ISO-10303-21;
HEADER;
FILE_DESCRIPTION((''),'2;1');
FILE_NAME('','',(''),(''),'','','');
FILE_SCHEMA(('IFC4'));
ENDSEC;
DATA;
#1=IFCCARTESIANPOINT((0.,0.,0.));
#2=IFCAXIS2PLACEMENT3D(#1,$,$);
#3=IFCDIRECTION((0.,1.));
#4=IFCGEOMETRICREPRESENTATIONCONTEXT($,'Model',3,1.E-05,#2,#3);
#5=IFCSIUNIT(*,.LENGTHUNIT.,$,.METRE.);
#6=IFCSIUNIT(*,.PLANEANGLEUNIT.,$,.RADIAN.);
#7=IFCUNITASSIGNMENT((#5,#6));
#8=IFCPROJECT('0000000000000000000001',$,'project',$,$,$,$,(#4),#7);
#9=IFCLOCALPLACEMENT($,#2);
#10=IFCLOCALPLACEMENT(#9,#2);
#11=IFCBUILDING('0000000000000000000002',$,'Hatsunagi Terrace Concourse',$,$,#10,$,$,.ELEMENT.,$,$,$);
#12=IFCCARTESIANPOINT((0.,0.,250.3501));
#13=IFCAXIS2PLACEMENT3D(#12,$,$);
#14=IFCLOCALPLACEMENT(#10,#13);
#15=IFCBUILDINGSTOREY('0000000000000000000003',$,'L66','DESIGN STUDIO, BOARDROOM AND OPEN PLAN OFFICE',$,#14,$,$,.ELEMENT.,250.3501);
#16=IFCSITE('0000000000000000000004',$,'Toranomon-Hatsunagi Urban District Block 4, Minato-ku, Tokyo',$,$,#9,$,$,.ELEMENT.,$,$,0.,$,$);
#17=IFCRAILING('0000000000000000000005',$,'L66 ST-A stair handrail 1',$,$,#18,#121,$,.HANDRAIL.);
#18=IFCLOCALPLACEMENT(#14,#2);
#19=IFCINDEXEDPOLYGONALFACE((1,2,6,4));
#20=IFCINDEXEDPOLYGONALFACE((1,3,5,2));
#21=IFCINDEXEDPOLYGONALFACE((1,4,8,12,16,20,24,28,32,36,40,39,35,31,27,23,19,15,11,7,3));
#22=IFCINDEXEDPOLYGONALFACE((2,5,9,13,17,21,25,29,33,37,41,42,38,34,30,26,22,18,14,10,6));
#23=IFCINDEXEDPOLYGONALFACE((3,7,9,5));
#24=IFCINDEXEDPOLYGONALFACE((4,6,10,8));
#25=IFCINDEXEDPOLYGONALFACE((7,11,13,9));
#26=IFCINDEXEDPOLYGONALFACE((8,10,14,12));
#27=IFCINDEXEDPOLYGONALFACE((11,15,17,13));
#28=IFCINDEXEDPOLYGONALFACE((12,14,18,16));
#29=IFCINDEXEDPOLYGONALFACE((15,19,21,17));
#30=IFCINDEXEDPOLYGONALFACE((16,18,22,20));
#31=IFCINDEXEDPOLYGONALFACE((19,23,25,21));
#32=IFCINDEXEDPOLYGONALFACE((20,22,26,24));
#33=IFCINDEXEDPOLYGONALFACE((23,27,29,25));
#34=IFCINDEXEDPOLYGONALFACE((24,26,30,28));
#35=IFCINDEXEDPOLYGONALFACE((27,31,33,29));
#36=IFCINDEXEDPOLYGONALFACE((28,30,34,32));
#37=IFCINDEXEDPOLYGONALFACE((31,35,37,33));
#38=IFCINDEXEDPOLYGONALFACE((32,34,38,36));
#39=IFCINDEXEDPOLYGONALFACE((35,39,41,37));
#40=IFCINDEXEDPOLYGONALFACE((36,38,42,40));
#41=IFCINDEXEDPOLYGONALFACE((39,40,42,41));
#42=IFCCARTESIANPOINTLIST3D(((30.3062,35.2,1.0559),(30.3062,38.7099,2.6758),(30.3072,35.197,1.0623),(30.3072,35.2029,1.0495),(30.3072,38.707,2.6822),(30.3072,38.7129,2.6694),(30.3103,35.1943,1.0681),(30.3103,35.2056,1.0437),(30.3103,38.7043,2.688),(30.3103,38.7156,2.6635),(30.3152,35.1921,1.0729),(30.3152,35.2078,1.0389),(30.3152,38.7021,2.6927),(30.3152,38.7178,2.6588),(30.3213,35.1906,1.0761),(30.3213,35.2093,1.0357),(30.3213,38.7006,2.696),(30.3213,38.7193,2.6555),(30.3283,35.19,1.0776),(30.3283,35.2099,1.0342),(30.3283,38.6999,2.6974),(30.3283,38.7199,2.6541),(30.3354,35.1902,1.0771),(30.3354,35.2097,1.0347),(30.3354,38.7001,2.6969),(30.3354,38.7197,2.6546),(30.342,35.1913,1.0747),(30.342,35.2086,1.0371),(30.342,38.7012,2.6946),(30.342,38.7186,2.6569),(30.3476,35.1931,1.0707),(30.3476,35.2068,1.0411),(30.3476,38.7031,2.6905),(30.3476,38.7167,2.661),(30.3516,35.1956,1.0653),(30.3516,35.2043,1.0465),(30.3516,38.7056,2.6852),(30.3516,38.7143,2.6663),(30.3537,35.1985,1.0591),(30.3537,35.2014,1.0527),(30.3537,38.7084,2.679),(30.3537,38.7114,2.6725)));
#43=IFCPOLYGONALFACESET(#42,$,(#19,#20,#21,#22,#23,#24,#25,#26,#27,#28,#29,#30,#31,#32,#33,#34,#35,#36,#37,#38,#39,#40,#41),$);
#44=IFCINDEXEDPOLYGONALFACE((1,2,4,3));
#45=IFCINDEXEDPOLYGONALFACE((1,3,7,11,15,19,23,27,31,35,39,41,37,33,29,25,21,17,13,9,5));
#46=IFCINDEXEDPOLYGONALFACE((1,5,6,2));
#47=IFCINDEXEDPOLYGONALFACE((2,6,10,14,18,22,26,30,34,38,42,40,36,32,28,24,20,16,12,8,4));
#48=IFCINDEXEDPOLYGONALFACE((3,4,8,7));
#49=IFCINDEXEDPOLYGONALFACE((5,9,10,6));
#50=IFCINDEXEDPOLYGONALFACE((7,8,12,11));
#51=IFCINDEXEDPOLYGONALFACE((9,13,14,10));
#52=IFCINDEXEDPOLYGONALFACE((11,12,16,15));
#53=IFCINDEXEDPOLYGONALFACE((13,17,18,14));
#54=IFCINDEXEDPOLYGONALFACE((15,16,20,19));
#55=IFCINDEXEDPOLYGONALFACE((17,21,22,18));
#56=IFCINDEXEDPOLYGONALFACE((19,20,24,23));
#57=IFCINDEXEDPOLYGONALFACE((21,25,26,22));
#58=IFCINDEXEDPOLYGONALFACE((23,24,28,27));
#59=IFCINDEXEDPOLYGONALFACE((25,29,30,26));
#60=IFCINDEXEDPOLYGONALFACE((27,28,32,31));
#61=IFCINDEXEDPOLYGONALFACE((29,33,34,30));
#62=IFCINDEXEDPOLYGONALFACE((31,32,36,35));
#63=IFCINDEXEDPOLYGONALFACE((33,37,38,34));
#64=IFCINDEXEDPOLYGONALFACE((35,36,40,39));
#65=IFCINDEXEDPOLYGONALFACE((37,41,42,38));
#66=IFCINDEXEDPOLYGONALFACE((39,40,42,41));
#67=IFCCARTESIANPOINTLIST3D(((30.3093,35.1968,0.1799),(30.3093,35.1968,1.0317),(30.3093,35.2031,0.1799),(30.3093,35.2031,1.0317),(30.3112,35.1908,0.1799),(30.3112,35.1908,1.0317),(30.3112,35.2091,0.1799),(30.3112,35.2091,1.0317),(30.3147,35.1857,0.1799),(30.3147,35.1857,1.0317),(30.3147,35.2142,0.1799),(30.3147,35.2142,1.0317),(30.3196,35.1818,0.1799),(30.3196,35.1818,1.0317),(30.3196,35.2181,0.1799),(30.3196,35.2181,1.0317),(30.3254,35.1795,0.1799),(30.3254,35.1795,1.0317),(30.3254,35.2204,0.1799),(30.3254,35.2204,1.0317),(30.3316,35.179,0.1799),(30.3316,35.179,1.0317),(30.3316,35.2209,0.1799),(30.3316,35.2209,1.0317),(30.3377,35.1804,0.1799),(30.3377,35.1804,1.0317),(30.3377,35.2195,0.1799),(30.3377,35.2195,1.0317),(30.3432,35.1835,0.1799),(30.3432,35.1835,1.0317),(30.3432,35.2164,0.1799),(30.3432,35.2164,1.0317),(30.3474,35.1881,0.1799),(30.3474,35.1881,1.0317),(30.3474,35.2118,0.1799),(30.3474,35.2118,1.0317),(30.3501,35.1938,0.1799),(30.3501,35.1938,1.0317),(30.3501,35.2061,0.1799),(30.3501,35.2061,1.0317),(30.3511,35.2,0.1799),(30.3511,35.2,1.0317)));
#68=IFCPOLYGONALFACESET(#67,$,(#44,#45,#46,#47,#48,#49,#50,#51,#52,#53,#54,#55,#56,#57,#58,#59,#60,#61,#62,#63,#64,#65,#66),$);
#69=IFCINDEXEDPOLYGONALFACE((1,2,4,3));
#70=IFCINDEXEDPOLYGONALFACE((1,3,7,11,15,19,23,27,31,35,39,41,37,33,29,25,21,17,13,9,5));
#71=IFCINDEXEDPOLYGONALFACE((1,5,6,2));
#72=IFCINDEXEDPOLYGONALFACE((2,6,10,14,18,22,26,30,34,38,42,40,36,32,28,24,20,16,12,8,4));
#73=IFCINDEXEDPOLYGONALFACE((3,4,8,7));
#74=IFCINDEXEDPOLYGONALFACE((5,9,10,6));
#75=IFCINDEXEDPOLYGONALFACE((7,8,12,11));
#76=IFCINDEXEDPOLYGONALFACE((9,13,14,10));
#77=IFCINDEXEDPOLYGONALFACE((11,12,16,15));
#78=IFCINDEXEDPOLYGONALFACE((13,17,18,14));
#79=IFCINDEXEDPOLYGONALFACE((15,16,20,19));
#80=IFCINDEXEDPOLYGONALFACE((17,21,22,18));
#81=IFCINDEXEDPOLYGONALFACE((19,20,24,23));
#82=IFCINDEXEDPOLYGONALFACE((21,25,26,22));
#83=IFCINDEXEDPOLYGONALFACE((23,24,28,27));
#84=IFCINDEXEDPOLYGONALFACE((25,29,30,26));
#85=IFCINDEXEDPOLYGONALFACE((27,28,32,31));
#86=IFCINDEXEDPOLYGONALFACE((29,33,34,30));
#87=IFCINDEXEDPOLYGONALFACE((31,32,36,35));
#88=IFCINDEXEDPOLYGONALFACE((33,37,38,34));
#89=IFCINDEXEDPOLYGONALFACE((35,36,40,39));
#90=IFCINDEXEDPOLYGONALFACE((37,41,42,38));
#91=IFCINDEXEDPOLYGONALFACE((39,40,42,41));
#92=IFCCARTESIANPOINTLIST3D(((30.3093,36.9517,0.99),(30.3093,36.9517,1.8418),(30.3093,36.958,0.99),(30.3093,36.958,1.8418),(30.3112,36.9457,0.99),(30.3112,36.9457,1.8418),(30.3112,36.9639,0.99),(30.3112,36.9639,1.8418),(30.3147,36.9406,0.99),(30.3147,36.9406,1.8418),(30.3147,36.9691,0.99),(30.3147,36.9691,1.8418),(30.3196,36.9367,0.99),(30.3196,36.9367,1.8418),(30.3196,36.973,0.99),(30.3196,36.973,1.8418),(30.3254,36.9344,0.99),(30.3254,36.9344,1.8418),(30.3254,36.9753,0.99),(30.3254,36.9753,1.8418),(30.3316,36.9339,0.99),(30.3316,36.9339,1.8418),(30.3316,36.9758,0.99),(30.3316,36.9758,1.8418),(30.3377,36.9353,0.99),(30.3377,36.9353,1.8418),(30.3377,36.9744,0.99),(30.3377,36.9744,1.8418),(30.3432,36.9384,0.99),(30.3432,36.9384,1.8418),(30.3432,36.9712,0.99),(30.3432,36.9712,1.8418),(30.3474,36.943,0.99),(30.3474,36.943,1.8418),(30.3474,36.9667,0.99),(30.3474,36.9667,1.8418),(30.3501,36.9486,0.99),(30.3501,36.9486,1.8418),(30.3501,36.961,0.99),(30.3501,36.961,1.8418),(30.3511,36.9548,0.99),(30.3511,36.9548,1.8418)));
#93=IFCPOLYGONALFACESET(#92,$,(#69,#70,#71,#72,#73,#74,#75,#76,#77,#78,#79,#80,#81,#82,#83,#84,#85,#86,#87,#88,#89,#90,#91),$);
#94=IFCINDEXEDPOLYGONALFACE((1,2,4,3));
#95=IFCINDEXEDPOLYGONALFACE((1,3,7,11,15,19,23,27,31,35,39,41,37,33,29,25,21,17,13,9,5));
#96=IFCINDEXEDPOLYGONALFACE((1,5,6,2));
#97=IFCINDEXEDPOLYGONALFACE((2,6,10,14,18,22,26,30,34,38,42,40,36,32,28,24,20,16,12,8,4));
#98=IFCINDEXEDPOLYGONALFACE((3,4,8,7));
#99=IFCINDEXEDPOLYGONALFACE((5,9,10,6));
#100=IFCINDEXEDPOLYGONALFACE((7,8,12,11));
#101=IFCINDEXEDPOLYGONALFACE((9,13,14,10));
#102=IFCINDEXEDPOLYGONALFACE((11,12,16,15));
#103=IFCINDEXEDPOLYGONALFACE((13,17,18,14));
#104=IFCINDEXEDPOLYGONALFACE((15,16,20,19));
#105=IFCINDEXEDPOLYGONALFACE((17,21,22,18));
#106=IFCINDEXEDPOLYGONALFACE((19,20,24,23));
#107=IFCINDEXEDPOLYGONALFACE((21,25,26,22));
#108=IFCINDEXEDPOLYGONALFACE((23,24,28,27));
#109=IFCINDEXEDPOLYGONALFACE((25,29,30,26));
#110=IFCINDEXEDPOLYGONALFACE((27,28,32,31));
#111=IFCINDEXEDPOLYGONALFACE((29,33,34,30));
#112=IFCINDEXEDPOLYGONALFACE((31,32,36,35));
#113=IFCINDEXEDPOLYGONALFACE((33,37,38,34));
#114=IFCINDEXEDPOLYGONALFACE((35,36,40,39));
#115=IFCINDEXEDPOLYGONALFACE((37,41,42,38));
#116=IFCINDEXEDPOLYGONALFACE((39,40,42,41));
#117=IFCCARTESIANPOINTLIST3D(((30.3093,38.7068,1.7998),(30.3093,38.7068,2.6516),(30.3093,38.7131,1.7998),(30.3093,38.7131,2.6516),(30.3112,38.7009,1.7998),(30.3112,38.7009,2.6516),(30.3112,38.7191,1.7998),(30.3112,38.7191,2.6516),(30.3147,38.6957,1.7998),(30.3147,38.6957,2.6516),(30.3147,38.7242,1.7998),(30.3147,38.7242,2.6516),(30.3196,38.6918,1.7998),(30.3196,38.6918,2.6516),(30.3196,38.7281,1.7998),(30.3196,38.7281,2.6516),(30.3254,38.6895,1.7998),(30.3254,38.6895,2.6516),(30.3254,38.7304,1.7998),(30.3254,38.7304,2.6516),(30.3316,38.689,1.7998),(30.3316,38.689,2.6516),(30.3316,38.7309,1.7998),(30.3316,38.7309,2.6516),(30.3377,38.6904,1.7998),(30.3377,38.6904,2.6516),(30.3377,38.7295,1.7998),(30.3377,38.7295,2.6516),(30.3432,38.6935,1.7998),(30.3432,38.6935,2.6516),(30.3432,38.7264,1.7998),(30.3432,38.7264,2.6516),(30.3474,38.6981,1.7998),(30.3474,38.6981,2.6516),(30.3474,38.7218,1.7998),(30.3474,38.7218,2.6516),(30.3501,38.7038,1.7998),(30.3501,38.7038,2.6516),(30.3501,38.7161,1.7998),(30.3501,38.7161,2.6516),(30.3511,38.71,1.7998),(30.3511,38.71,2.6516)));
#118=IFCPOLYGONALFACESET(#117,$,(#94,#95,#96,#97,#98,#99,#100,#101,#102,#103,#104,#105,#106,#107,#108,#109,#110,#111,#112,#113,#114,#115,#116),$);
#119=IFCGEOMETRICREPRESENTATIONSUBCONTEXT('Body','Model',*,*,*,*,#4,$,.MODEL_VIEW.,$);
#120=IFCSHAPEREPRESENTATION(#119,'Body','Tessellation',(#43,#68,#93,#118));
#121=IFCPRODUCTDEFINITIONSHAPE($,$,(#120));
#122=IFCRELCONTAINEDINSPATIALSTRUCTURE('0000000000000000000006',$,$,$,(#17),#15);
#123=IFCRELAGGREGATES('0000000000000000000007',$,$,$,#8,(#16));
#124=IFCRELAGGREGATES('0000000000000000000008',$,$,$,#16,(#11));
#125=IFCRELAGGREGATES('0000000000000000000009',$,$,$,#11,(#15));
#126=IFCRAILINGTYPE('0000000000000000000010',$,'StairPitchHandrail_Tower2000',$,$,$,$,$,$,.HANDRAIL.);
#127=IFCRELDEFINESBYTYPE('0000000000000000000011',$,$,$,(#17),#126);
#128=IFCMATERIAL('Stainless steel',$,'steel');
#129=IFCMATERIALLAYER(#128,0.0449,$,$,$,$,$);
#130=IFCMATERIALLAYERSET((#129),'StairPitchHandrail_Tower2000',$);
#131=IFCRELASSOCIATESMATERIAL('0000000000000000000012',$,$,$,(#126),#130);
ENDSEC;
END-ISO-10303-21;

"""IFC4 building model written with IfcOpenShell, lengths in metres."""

from ifc_helpers import new_model, si_unit, direction, frame, origin, origin_2d, place, context, subcontext, project, spatial, circle, extrude, material, layer, layer_set, type_object, element, save


model = new_model("IFC4")

# Units and contexts
model_context = context("Model", 3, precision=1e-05, world=origin(), true_north=direction((0.0, 1.0)))
body_context = subcontext(model_context, "Body", "Model", "MODEL_VIEW")
ifc_project = project(units=[si_unit("LENGTHUNIT", "METRE"), si_unit("PLANEANGLEUNIT", "RADIAN")], contexts=[model_context])

# Site, building, storey
site_placement = place(None, origin())
site = spatial("IfcSite", under=ifc_project, at=site_placement, Name="Toranomon-Hatsunagi Urban District Block 4, Minato-ku, Tokyo", CompositionType="ELEMENT", RefElevation=0.0)
building_placement = place(site_placement, origin())
building = spatial("IfcBuilding", under=site, at=building_placement, Name="Hatsunagi Terrace Concourse", CompositionType="ELEMENT")
storey_placement = place(building_placement, frame((0.0, 0.0, 250.3501)))
storey = spatial("IfcBuildingStorey", under=building, at=storey_placement, Name="L66", Description="DESIGN STUDIO, BOARDROOM AND OPEN PLAN OFFICE", CompositionType="ELEMENT", Elevation=250.3501)

# Railing
ifc_material_1 = material(Name="Stainless steel", Category="steel")
ifc_layer_1 = layer(ifc_material_1, 0.0449)
ifc_layer_set_1 = layer_set([ifc_layer_1], Name="StairPitchHandrail_Tower2000")
railing_type_1 = type_object("IfcRailingType", Name="StairPitchHandrail_Tower2000", PredefinedType="HANDRAIL", material=ifc_layer_set_1)
railing_1_placement = place(storey_placement, frame((30.3301, 35.2, 0.1799)))
element("IfcRailing", 1, at=railing_1_placement, inside=storey, type_object=railing_type_1, Name="L66 ST-A stair handrail 1", PredefinedType="HANDRAIL", context=body_context, shape_type="SweptSolid", body=[
    extrude(circle(Radius=0.0239, at=origin_2d()), frame((0.0, 0.0, 0.876), z_axis=(0.0, 0.907972, 0.41903), x_axis=(-1.0, 0.0, 0.0)), (0.0, 0.0, 1.0), 3.8657),
    extrude(circle(Radius=0.021, at=origin_2d()), origin(), (0.0, 0.0, 1.0), 0.8518),
    extrude(circle(Radius=0.021, at=origin_2d()), frame((0.0, 1.7549, 0.8101)), (0.0, 0.0, 1.0), 0.8518),
    extrude(circle(Radius=0.021, at=origin_2d()), frame((0.0, 3.51, 1.6199)), (0.0, 0.0, 1.0), 0.8518),
])

save(model, "model.ifc")
